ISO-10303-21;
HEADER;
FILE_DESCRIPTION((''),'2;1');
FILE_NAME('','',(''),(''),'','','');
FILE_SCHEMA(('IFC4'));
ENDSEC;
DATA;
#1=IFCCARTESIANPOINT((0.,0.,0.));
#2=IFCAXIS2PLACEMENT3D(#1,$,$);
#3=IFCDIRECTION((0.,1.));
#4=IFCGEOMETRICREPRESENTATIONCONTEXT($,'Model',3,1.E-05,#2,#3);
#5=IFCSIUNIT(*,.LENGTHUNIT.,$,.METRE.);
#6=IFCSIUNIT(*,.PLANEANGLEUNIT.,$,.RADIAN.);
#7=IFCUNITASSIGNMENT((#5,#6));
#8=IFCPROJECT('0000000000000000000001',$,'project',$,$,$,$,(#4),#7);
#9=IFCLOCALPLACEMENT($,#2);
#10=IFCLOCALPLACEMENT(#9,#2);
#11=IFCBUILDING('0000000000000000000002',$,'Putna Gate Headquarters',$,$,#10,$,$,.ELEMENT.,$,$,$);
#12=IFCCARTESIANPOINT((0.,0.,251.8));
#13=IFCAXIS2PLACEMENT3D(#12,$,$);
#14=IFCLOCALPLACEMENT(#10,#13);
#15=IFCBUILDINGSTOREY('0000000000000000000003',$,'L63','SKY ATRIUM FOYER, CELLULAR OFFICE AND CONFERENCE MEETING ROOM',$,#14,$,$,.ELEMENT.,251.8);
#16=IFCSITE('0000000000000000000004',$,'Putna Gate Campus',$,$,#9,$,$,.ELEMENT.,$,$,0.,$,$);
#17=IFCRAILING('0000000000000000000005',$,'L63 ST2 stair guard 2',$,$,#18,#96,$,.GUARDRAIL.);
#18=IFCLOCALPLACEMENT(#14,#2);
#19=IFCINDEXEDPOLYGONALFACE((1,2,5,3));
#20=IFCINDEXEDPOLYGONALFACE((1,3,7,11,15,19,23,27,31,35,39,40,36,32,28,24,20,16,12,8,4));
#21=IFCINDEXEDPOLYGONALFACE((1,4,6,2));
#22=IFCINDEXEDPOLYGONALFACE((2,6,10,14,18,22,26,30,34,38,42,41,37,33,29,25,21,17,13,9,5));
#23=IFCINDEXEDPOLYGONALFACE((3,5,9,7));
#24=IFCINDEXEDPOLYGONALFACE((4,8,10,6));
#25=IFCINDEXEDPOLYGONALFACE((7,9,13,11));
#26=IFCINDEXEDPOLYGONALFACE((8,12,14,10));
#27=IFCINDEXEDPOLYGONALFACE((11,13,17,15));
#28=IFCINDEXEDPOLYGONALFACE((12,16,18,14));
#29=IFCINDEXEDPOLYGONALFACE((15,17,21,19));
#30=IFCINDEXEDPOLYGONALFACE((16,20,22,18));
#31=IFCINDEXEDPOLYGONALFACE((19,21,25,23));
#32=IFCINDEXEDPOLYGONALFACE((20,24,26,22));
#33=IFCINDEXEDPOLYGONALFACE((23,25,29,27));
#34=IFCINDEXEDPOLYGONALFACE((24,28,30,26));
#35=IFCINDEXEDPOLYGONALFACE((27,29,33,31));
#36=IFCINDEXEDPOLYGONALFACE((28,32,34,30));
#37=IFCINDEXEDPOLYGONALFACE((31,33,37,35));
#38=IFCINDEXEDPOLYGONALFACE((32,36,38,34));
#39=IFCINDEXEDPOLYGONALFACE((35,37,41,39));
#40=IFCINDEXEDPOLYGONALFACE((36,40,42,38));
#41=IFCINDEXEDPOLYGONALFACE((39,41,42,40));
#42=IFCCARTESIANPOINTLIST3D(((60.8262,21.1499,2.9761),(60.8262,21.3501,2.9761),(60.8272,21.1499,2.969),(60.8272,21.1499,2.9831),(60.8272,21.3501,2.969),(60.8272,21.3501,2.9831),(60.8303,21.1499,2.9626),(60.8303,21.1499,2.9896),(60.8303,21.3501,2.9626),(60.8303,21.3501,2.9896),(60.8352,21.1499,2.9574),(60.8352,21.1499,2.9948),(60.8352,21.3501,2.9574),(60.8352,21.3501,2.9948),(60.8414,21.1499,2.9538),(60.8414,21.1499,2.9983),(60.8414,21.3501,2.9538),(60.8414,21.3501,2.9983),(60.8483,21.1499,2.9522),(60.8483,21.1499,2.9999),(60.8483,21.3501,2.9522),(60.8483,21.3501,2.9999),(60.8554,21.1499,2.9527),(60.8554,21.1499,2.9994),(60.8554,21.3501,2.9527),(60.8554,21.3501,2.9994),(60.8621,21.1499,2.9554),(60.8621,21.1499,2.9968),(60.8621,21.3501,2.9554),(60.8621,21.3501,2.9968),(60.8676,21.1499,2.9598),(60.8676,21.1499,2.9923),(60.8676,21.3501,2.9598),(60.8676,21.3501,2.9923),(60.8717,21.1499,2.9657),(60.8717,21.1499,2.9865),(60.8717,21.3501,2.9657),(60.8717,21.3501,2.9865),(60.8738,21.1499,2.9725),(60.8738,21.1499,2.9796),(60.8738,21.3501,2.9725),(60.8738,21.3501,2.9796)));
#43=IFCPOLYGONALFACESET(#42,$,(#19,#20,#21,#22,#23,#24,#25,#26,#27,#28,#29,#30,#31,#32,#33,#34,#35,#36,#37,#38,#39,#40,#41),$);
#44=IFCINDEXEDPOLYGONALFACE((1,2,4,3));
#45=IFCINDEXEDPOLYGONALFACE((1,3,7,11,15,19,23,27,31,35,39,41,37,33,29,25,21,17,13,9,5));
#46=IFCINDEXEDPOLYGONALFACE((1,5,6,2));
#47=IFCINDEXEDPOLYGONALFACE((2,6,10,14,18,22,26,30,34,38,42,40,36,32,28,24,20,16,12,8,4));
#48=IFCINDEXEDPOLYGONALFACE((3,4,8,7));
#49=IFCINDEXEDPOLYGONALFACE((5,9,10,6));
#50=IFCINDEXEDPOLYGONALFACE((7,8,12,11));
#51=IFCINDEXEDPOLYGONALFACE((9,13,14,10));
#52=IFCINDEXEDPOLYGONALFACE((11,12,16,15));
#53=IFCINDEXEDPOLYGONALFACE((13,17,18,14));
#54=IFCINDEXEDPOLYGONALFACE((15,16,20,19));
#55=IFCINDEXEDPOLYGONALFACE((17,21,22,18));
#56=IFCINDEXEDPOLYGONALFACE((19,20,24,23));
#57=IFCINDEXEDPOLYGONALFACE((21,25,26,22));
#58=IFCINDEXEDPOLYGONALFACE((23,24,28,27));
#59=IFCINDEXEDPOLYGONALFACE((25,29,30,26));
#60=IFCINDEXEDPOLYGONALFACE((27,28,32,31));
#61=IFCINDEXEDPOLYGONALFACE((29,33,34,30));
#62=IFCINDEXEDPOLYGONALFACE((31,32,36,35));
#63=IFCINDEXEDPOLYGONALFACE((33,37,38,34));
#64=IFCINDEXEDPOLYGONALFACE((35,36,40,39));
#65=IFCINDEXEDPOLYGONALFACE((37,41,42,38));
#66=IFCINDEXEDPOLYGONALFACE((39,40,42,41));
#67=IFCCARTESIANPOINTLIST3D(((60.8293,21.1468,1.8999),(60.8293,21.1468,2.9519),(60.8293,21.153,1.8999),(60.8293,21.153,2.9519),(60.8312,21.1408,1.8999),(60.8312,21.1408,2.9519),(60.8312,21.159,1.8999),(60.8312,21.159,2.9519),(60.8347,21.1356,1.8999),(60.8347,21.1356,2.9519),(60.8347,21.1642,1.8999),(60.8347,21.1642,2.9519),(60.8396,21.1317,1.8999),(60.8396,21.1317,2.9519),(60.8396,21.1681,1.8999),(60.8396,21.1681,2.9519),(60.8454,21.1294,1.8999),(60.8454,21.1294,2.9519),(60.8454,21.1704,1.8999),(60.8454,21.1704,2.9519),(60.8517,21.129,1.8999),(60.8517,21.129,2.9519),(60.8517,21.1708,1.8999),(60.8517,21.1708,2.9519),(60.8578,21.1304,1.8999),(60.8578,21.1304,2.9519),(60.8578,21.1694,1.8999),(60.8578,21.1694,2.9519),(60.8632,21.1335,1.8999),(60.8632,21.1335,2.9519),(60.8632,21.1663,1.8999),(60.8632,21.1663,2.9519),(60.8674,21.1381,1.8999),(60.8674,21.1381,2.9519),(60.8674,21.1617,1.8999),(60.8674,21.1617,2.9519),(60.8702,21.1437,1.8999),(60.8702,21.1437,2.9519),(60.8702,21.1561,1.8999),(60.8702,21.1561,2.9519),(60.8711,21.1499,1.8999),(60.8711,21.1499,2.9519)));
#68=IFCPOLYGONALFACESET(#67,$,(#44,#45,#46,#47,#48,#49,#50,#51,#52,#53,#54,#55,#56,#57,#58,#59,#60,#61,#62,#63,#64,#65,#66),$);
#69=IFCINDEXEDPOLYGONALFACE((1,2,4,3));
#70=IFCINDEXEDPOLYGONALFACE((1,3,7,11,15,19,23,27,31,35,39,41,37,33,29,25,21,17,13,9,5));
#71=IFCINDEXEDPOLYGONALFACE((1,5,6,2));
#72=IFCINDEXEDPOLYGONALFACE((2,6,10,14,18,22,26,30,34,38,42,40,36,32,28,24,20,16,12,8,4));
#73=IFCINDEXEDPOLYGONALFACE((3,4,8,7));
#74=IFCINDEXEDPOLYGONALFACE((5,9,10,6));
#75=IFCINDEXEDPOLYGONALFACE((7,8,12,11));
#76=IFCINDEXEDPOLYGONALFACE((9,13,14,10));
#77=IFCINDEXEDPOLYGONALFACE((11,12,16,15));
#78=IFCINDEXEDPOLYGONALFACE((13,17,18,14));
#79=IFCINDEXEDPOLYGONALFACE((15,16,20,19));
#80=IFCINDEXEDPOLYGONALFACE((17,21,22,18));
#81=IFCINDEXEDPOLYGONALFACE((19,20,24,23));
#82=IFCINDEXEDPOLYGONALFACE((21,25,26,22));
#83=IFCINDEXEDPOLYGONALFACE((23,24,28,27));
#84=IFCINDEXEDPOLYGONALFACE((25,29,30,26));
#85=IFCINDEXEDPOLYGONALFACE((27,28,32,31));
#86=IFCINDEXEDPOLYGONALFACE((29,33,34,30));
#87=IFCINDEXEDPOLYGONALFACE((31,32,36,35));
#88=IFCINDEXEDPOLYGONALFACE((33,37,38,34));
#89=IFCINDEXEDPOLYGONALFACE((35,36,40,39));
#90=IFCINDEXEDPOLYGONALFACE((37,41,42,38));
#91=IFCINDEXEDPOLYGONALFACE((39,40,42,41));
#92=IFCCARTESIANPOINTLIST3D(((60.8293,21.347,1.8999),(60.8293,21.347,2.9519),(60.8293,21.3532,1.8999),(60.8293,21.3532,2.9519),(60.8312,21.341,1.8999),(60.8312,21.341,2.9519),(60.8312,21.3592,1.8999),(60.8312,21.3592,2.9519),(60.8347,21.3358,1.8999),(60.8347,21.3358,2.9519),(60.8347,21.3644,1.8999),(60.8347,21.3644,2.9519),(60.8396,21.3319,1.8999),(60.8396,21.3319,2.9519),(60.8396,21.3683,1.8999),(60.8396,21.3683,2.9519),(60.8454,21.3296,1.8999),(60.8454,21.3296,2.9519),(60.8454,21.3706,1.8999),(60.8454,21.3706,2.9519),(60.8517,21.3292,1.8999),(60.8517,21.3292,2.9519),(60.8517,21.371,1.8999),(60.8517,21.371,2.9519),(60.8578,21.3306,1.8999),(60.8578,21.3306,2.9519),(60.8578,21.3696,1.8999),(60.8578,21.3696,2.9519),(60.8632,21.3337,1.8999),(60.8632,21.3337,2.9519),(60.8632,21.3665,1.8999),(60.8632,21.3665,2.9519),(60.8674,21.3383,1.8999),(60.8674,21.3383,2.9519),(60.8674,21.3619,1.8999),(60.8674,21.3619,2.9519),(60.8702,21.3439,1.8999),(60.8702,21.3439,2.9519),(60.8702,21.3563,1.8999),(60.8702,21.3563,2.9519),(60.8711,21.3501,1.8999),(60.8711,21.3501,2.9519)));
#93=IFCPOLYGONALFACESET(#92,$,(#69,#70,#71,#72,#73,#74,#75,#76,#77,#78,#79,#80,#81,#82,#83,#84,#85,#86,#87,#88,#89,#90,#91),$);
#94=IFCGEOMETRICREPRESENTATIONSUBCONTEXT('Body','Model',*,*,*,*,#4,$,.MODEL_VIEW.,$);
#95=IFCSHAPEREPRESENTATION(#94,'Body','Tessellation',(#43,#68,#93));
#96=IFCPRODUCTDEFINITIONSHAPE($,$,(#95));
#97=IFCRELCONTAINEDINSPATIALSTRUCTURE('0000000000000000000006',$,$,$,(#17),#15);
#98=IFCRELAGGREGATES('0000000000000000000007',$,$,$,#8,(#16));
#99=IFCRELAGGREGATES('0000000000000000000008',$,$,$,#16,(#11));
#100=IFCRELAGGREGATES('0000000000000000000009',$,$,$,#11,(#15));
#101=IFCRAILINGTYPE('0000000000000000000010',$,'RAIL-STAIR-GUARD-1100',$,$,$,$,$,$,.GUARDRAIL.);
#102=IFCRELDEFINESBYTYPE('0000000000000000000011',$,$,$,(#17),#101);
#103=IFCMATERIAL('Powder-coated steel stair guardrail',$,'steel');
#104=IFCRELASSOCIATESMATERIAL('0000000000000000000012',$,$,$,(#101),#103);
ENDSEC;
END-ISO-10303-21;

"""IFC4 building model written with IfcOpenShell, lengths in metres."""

from ifc_helpers import new_model, si_unit, direction, frame, origin, origin_2d, place, context, subcontext, project, spatial, circle, extrude, material, type_object, element, save


model = new_model("IFC4")

# Units and contexts
model_context = context("Model", 3, precision=1e-05, world=origin(), true_north=direction((0.0, 1.0)))
body_context = subcontext(model_context, "Body", "Model", "MODEL_VIEW")
ifc_project = project(units=[si_unit("LENGTHUNIT", "METRE"), si_unit("PLANEANGLEUNIT", "RADIAN")], contexts=[model_context])

# Site, building, storey
site_placement = place(None, origin())
site = spatial("IfcSite", under=ifc_project, at=site_placement, Name="Putna Gate Campus", CompositionType="ELEMENT", RefElevation=0.0)
building_placement = place(site_placement, origin())
building = spatial("IfcBuilding", under=site, at=building_placement, Name="Putna Gate Headquarters", CompositionType="ELEMENT")
storey_placement = place(building_placement, frame((0.0, 0.0, 251.8)))
storey = spatial("IfcBuildingStorey", under=building, at=storey_placement, Name="L63", Description="SKY ATRIUM FOYER, CELLULAR OFFICE AND CONFERENCE MEETING ROOM", CompositionType="ELEMENT", Elevation=251.8)

# Railing
ifc_material_1 = material(Name="Powder-coated steel stair guardrail", Category="steel")
railing_type_1 = type_object("IfcRailingType", Name="RAIL-STAIR-GUARD-1100", PredefinedType="GUARDRAIL", material=ifc_material_1)
railing_1_placement = place(storey_placement, frame((60.8501, 21.1499, 1.8999)))
element("IfcRailing", 1, at=railing_1_placement, inside=storey, type_object=railing_type_1, Name="L63 ST2 stair guard 2", PredefinedType="GUARDRAIL", context=body_context, shape_type="SweptSolid", body=[
    extrude(circle(Radius=0.0239, at=origin_2d()), frame((0.0, 0.0, 1.0762), z_axis=(0.0, 1.0, 0.0), x_axis=(-1.0, 0.0, 0.0)), (0.0, 0.0, 1.0), 0.2002),
    extrude(circle(Radius=0.021, at=origin_2d()), origin(), (0.0, 0.0, 1.0), 1.052),
    extrude(circle(Radius=0.021, at=origin_2d()), frame((0.0, 0.2002, 0.0)), (0.0, 0.0, 1.0), 1.052),
])

save(model, "model.ifc")
